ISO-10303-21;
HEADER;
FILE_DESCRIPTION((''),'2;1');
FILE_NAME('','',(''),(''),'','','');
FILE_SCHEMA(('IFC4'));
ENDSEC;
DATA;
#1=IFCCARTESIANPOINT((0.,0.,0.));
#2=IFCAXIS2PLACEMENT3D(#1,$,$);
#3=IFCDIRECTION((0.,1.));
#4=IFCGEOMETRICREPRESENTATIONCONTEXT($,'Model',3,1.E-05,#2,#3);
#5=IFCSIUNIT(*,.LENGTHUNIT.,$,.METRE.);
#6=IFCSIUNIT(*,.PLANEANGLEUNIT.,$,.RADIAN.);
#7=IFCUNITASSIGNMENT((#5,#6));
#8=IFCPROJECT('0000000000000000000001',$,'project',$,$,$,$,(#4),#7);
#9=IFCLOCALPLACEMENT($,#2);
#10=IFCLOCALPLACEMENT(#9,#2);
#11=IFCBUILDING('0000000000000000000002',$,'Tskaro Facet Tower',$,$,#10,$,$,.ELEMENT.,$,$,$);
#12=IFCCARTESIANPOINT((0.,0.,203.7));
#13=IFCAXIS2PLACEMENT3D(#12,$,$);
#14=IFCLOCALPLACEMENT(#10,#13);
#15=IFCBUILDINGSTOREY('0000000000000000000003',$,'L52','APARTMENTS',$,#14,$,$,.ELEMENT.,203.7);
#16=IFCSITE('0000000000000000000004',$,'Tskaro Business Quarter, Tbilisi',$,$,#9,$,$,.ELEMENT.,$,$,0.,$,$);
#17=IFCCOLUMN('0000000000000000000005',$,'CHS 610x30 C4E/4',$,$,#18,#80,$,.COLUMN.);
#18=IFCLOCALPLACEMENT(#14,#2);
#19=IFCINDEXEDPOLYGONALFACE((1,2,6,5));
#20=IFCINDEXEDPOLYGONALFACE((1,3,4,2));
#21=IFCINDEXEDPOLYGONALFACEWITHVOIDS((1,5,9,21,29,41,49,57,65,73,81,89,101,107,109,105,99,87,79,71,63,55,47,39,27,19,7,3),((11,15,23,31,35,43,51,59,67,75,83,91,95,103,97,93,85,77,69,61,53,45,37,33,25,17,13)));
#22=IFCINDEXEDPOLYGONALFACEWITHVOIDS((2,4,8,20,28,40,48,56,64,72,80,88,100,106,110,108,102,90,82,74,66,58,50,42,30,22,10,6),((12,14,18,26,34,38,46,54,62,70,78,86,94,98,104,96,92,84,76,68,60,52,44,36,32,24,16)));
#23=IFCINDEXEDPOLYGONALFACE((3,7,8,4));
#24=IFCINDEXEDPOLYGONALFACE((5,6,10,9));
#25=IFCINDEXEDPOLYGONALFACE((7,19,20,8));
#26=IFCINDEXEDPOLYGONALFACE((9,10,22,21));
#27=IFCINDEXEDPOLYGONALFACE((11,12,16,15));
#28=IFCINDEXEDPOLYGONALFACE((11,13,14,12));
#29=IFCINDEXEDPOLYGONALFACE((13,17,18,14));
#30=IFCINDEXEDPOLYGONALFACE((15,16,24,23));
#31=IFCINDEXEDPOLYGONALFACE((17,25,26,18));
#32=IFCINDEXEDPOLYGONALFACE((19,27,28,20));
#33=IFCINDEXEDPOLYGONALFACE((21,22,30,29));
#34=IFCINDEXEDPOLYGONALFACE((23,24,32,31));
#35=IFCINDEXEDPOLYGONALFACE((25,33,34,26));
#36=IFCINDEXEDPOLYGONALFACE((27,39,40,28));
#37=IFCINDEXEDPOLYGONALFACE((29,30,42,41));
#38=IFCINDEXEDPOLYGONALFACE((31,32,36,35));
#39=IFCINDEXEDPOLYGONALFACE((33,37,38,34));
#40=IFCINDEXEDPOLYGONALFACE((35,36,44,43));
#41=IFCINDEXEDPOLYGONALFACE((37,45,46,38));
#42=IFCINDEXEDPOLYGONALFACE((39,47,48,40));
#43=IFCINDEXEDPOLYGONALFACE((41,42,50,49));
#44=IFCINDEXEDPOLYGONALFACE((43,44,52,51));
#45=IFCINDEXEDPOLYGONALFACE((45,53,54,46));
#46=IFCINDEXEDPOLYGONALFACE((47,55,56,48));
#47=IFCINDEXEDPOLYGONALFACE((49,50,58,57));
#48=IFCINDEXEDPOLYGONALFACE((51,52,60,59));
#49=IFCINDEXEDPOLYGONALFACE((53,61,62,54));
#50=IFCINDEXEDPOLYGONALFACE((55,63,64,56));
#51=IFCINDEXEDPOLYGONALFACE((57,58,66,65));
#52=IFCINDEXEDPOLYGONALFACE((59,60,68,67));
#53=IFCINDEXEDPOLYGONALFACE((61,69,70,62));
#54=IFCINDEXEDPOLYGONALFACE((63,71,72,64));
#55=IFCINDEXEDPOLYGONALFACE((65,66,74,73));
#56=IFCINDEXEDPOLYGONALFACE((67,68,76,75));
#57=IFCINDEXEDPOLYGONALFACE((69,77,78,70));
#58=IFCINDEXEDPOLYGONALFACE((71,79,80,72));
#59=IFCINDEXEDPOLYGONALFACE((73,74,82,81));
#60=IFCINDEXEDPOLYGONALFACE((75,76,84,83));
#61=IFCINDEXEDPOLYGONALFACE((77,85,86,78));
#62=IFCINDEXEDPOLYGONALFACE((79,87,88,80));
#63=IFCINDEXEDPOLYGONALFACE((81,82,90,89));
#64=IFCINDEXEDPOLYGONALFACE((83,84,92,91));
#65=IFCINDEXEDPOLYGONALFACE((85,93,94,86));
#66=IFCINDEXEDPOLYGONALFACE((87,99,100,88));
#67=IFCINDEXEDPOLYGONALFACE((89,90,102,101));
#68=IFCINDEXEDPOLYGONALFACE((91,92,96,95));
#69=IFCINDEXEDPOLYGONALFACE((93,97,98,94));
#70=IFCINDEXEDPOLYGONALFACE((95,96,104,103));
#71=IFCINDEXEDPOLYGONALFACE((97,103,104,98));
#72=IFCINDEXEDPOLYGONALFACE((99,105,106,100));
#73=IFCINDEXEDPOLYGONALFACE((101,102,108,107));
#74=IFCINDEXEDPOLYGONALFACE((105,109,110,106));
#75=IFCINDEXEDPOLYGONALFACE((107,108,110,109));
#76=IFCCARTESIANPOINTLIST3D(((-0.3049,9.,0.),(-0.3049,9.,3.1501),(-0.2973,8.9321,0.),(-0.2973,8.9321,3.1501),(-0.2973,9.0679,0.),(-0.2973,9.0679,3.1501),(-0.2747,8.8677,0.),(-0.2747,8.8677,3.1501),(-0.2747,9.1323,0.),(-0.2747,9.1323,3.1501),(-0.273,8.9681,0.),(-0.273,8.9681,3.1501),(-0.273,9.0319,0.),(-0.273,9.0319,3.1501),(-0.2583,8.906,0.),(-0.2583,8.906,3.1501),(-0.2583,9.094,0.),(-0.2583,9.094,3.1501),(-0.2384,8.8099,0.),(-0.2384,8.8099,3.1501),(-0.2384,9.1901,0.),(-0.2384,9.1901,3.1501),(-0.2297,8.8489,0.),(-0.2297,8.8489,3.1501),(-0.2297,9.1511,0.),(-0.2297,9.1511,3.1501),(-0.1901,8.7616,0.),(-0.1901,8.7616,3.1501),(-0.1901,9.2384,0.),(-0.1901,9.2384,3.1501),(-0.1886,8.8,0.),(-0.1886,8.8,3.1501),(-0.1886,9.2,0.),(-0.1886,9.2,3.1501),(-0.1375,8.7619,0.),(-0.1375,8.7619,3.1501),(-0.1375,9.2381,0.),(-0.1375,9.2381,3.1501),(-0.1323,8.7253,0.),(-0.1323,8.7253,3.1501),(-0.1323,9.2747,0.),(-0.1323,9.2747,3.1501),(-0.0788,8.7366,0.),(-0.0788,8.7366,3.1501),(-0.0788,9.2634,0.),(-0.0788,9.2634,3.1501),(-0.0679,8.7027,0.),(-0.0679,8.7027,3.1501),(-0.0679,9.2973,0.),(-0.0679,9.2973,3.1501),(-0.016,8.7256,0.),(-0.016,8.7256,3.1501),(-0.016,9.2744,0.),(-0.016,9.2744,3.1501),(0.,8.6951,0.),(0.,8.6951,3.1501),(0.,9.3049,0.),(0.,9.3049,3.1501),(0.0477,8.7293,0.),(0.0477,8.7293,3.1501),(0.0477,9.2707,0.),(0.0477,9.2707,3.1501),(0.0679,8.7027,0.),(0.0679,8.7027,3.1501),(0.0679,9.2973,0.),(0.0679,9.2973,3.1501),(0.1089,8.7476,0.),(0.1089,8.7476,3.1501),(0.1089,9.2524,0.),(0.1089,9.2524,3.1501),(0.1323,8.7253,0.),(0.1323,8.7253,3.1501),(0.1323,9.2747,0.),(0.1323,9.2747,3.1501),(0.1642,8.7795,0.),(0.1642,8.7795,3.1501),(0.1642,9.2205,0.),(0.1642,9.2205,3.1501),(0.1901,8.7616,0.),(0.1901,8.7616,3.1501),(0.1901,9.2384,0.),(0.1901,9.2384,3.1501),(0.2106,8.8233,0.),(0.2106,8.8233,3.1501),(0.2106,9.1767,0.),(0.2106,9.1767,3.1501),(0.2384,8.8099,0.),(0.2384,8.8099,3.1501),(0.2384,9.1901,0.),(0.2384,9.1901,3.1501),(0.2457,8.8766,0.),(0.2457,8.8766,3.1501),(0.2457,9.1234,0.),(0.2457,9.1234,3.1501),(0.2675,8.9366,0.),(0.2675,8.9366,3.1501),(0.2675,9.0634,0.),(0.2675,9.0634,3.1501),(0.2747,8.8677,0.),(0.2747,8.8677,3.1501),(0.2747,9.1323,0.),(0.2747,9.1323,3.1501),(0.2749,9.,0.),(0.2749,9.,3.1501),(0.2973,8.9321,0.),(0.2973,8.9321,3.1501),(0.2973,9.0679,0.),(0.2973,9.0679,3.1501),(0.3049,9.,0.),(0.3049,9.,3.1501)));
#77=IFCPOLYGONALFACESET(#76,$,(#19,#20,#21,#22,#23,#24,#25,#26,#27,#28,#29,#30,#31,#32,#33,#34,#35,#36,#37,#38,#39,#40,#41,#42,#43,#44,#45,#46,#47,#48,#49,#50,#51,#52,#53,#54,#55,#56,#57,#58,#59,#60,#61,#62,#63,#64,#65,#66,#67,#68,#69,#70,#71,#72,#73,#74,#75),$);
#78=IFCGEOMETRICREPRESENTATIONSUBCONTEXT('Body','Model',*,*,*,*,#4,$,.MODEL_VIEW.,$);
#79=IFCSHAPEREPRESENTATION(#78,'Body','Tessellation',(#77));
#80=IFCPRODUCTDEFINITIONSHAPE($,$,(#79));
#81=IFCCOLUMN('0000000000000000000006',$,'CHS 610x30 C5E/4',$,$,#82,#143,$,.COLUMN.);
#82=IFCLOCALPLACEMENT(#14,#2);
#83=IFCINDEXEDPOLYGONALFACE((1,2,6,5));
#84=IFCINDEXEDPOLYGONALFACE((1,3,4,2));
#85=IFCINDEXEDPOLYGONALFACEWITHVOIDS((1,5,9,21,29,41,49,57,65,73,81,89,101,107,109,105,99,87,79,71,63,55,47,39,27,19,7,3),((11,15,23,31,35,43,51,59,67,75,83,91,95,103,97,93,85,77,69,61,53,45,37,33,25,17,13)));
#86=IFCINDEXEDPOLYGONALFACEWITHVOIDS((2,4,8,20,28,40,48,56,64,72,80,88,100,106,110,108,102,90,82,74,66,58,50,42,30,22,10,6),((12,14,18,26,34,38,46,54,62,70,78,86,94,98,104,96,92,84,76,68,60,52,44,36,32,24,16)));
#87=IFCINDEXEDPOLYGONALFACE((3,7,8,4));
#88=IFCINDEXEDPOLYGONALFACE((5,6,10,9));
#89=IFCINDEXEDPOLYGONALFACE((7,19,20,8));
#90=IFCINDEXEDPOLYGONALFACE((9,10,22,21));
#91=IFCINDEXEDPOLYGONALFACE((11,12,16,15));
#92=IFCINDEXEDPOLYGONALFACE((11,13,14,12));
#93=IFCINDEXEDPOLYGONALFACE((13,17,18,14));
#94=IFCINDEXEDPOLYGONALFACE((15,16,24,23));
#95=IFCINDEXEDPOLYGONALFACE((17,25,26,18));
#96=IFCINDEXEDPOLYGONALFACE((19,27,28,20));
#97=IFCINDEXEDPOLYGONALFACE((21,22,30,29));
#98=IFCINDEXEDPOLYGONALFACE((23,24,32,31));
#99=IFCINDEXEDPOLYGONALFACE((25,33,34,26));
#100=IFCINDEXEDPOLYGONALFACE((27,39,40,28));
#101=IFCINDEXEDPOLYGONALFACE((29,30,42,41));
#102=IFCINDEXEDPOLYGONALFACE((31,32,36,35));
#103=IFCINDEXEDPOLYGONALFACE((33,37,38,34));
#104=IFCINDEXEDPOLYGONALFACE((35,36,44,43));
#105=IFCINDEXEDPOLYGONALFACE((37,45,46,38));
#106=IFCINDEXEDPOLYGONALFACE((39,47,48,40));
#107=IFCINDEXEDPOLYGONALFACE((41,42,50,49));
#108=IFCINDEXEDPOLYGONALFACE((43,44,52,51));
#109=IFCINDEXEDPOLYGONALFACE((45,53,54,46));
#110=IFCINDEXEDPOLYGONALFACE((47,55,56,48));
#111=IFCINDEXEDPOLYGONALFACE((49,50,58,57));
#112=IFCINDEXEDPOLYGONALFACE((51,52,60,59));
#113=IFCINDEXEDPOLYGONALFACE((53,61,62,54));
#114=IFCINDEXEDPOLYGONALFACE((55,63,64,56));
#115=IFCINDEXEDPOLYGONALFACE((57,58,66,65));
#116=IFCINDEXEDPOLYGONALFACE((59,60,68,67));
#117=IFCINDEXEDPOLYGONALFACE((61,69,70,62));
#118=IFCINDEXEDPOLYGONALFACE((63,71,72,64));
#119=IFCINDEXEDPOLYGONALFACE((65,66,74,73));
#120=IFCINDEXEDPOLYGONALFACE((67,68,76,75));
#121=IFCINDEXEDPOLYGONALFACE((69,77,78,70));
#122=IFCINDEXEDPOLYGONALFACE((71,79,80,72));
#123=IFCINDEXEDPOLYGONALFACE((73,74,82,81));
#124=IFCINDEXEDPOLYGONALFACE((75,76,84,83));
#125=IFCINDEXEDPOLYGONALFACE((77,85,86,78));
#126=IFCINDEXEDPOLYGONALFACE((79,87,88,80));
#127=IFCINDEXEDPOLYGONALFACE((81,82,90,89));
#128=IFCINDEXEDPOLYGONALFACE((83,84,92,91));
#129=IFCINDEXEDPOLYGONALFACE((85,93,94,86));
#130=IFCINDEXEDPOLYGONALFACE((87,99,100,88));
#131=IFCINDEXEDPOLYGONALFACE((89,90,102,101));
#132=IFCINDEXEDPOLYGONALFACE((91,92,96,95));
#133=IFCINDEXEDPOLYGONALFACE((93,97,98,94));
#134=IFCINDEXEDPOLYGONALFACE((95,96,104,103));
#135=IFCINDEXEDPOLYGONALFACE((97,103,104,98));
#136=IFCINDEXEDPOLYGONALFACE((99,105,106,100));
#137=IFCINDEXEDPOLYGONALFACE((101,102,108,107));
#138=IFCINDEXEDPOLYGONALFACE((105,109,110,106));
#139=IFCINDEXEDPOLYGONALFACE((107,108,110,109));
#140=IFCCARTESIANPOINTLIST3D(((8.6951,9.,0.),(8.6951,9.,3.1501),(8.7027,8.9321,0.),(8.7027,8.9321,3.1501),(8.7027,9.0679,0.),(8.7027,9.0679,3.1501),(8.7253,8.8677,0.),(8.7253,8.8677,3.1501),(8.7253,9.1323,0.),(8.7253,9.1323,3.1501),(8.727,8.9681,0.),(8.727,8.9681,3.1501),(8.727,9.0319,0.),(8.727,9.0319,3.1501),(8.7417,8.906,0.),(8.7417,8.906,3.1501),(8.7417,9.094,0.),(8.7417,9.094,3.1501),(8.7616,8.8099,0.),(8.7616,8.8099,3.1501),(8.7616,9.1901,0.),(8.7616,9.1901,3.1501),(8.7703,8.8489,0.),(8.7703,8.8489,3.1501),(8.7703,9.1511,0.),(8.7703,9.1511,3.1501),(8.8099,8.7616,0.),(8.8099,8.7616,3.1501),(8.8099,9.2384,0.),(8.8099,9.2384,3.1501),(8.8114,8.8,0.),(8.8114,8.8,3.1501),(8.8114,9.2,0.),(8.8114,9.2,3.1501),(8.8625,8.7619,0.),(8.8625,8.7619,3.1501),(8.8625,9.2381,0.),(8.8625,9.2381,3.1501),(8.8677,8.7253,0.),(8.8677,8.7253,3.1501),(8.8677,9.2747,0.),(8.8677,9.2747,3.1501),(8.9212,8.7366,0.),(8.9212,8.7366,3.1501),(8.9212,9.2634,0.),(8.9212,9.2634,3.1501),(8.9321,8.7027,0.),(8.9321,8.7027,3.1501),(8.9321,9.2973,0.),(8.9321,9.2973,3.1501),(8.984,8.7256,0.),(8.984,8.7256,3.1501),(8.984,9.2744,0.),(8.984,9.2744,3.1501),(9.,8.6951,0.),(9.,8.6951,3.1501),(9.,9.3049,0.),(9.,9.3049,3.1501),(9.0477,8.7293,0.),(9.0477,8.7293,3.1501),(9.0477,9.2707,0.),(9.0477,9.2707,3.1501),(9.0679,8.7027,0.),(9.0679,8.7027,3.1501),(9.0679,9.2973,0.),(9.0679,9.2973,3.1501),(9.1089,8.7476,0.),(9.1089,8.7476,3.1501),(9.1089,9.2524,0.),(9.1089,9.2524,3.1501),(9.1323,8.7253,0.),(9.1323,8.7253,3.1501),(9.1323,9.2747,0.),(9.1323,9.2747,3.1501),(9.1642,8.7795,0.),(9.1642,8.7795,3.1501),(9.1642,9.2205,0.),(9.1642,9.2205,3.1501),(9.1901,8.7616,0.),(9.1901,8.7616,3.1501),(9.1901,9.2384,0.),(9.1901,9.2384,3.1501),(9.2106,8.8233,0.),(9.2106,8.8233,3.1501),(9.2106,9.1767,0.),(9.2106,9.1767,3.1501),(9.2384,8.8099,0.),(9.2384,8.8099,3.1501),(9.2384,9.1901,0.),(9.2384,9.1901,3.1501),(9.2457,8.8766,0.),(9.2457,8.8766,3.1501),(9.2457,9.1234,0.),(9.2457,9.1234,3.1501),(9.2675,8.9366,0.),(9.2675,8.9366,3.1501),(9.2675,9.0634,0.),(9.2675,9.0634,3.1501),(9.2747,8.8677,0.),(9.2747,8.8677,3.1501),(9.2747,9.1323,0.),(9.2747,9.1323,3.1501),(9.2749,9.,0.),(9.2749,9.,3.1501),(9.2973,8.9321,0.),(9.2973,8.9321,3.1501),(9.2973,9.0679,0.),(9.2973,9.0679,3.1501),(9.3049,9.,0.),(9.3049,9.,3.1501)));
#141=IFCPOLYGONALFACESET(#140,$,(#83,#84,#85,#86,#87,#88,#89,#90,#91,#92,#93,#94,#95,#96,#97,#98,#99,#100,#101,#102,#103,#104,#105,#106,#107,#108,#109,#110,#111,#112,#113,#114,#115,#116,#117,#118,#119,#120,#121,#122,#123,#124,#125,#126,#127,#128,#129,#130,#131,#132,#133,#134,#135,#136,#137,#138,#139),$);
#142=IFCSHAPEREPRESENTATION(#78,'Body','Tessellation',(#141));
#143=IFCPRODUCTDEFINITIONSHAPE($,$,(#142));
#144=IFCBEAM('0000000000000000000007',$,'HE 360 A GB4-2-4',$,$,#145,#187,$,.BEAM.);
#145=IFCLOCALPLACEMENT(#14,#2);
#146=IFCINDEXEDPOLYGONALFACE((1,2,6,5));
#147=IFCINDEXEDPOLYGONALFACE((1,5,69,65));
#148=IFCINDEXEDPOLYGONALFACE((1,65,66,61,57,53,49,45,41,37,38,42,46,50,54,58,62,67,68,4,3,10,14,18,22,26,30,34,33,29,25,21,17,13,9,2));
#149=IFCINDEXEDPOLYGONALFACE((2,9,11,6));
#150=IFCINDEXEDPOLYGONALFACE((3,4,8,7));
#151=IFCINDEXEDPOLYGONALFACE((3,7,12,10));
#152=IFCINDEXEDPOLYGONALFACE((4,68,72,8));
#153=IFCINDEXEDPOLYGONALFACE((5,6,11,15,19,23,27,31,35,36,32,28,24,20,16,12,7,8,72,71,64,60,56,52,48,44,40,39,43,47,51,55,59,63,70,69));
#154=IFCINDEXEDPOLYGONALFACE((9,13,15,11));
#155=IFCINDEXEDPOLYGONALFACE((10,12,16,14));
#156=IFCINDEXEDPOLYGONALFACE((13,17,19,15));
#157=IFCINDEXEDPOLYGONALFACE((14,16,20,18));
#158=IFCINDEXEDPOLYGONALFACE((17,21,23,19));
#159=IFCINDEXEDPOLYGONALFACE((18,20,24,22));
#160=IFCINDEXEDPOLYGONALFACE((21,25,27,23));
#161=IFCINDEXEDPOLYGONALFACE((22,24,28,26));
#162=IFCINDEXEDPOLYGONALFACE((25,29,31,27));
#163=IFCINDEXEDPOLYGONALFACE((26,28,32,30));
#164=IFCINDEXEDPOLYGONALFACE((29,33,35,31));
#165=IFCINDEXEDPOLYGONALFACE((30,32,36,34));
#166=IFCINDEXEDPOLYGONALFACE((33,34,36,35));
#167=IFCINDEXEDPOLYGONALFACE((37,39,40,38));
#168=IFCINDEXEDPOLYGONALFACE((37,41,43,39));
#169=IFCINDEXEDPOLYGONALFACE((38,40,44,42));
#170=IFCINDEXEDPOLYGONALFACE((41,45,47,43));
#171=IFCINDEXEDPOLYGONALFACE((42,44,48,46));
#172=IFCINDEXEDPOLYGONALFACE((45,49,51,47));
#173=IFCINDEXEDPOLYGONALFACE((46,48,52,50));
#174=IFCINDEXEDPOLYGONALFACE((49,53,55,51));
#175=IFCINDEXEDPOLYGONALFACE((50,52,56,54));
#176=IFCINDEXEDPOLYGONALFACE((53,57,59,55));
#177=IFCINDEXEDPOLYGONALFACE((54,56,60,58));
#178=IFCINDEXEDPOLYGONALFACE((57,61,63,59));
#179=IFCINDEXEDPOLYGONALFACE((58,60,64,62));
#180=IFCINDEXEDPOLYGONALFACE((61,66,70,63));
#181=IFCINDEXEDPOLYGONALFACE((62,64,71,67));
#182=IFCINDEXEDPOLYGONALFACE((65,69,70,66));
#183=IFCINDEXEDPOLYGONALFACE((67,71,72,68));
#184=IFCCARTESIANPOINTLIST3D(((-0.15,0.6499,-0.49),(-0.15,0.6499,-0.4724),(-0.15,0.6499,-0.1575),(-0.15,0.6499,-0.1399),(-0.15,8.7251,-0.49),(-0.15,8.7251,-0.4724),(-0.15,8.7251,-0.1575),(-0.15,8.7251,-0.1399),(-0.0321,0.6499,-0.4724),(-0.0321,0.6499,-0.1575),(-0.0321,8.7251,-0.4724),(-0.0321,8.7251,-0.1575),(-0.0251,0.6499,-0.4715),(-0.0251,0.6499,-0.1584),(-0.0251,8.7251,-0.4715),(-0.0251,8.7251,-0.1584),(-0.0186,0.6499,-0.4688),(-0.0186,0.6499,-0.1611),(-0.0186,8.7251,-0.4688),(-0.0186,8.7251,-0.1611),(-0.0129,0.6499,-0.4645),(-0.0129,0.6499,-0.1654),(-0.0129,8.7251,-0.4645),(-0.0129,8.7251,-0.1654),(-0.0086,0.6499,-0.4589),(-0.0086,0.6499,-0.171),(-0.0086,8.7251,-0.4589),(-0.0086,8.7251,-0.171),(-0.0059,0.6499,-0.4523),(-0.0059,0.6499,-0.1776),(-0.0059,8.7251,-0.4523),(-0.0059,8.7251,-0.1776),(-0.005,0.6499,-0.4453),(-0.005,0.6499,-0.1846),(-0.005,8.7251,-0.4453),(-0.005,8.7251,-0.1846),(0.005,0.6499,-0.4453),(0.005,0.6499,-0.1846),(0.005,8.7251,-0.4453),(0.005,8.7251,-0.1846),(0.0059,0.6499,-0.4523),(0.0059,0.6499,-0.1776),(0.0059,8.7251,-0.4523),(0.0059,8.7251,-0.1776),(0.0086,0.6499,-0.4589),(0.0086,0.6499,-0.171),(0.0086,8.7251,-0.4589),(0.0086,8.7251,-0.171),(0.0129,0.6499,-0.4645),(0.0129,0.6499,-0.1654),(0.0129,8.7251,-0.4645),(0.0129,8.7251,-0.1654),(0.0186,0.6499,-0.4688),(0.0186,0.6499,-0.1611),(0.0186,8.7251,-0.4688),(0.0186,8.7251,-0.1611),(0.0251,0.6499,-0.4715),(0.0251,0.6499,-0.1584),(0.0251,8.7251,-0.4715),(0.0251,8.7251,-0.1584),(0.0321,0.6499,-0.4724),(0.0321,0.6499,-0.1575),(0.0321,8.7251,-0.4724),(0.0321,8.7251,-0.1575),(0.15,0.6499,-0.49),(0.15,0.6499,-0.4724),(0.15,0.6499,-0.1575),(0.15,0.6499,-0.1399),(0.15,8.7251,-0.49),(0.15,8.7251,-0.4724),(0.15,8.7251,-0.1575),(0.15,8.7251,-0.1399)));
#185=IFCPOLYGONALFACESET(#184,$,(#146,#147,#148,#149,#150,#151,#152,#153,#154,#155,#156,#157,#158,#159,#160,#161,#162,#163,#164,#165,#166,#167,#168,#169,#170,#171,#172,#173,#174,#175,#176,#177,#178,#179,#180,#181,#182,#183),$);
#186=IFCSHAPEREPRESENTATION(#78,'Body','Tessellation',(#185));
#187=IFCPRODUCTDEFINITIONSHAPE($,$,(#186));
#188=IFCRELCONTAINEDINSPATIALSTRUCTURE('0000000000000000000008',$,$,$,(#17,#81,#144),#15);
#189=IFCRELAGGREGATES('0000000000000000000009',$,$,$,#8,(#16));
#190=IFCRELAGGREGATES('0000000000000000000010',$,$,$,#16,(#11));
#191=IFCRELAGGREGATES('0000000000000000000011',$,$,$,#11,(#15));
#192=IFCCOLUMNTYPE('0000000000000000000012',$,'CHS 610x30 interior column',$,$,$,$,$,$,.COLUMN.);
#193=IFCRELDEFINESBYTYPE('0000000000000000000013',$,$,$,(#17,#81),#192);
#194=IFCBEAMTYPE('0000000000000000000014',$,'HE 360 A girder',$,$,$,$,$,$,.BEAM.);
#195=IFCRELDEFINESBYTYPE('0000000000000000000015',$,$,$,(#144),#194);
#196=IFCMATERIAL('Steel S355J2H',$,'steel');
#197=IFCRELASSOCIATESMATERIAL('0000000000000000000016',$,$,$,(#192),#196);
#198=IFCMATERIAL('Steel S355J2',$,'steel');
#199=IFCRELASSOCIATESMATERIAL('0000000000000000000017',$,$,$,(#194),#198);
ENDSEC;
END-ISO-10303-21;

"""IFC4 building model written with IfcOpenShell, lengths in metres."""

from ifc_helpers import new_model, si_unit, direction, frame, origin, origin_2d, place, context, subcontext, project, spatial, hollow_circle, i_section, extrude, material, material_profile, profile_set, type_object, element, save


model = new_model("IFC4")

# Units and contexts
model_context = context("Model", 3, precision=1e-05, world=origin(), true_north=direction((0.0, 1.0)))
body_context = subcontext(model_context, "Body", "Model", "MODEL_VIEW")
ifc_project = project(units=[si_unit("LENGTHUNIT", "METRE"), si_unit("PLANEANGLEUNIT", "RADIAN")], contexts=[model_context])

# Site, building, storey
site_placement = place(None, origin())
site = spatial("IfcSite", under=ifc_project, at=site_placement, Name="Tskaro Business Quarter, Tbilisi", CompositionType="ELEMENT", RefElevation=0.0)
building_placement = place(site_placement, origin())
building = spatial("IfcBuilding", under=site, at=building_placement, Name="Tskaro Facet Tower", CompositionType="ELEMENT")
storey_placement = place(building_placement, frame((0.0, 0.0, 203.7)))
storey = spatial("IfcBuildingStorey", under=building, at=storey_placement, Name="L52", Description="APARTMENTS", CompositionType="ELEMENT", Elevation=203.7)

# Columns
ifc_material_1 = material(Name="Steel S355J2H", Category="steel")
ifc_material_profile_1 = material_profile(ifc_material_1, hollow_circle(Radius=0.3049, WallThickness=0.03, at=origin_2d()), Name="CHS 610x30")
ifc_profile_set_1 = profile_set([ifc_material_profile_1], Name="Steel S355J2H")
column_type = type_object("IfcColumnType", Name="CHS 610x30 interior column", PredefinedType="COLUMN", material=ifc_profile_set_1)
for number, where, z_axis, x_axis, name in (
    (1, (0.0, 9.0, 0.0), (0.0, 0.0, 1.0), (1.0, 0.0, 0.0), "CHS 610x30 C4E/4"),
    (2, (9.0, 9.0, 0.0), (0.0, 0.0, 1.0), (1.0, 0.0, 0.0), "CHS 610x30 C5E/4"),
):
    element("IfcColumn", number, at=place(storey_placement, frame(where, z_axis=z_axis, x_axis=x_axis)), inside=storey, type_object=column_type, Name=name, PredefinedType="COLUMN", context=body_context, shape_type="SweptSolid", body=[
        extrude(hollow_circle(Radius=0.3049, WallThickness=0.03, at=origin_2d()), origin(), (0.0, 0.0, 1.0), 3.1501),
    ])

# Beam
ifc_material_2 = material(Name="Steel S355J2", Category="steel")
ifc_material_profile_2 = material_profile(ifc_material_2, i_section(OverallWidth=0.3, OverallDepth=0.3501, WebThickness=0.01, FlangeThickness=0.0176, FilletRadius=0.0271, at=origin_2d()), Name="HE 360 A")
ifc_profile_set_2 = profile_set([ifc_material_profile_2], Name="Steel S355J2")
beam_type_1 = type_object("IfcBeamType", Name="HE 360 A girder", PredefinedType="BEAM", material=ifc_profile_set_2)
beam_1_placement = place(storey_placement, frame((0.0, 0.6499, -0.3149), z_axis=(0.0, 1.0, 0.0), x_axis=(-1.0, 0.0, 0.0)))
element("IfcBeam", 3, at=beam_1_placement, inside=storey, type_object=beam_type_1, Name="HE 360 A GB4-2-4", PredefinedType="BEAM", context=body_context, shape_type="SweptSolid", body=[
    extrude(i_section(OverallWidth=0.3, OverallDepth=0.3501, WebThickness=0.01, FlangeThickness=0.0176, FilletRadius=0.0271, at=origin_2d()), origin(), (0.0, 0.0, 1.0), 8.0752),
])

save(model, "model.ifc")
